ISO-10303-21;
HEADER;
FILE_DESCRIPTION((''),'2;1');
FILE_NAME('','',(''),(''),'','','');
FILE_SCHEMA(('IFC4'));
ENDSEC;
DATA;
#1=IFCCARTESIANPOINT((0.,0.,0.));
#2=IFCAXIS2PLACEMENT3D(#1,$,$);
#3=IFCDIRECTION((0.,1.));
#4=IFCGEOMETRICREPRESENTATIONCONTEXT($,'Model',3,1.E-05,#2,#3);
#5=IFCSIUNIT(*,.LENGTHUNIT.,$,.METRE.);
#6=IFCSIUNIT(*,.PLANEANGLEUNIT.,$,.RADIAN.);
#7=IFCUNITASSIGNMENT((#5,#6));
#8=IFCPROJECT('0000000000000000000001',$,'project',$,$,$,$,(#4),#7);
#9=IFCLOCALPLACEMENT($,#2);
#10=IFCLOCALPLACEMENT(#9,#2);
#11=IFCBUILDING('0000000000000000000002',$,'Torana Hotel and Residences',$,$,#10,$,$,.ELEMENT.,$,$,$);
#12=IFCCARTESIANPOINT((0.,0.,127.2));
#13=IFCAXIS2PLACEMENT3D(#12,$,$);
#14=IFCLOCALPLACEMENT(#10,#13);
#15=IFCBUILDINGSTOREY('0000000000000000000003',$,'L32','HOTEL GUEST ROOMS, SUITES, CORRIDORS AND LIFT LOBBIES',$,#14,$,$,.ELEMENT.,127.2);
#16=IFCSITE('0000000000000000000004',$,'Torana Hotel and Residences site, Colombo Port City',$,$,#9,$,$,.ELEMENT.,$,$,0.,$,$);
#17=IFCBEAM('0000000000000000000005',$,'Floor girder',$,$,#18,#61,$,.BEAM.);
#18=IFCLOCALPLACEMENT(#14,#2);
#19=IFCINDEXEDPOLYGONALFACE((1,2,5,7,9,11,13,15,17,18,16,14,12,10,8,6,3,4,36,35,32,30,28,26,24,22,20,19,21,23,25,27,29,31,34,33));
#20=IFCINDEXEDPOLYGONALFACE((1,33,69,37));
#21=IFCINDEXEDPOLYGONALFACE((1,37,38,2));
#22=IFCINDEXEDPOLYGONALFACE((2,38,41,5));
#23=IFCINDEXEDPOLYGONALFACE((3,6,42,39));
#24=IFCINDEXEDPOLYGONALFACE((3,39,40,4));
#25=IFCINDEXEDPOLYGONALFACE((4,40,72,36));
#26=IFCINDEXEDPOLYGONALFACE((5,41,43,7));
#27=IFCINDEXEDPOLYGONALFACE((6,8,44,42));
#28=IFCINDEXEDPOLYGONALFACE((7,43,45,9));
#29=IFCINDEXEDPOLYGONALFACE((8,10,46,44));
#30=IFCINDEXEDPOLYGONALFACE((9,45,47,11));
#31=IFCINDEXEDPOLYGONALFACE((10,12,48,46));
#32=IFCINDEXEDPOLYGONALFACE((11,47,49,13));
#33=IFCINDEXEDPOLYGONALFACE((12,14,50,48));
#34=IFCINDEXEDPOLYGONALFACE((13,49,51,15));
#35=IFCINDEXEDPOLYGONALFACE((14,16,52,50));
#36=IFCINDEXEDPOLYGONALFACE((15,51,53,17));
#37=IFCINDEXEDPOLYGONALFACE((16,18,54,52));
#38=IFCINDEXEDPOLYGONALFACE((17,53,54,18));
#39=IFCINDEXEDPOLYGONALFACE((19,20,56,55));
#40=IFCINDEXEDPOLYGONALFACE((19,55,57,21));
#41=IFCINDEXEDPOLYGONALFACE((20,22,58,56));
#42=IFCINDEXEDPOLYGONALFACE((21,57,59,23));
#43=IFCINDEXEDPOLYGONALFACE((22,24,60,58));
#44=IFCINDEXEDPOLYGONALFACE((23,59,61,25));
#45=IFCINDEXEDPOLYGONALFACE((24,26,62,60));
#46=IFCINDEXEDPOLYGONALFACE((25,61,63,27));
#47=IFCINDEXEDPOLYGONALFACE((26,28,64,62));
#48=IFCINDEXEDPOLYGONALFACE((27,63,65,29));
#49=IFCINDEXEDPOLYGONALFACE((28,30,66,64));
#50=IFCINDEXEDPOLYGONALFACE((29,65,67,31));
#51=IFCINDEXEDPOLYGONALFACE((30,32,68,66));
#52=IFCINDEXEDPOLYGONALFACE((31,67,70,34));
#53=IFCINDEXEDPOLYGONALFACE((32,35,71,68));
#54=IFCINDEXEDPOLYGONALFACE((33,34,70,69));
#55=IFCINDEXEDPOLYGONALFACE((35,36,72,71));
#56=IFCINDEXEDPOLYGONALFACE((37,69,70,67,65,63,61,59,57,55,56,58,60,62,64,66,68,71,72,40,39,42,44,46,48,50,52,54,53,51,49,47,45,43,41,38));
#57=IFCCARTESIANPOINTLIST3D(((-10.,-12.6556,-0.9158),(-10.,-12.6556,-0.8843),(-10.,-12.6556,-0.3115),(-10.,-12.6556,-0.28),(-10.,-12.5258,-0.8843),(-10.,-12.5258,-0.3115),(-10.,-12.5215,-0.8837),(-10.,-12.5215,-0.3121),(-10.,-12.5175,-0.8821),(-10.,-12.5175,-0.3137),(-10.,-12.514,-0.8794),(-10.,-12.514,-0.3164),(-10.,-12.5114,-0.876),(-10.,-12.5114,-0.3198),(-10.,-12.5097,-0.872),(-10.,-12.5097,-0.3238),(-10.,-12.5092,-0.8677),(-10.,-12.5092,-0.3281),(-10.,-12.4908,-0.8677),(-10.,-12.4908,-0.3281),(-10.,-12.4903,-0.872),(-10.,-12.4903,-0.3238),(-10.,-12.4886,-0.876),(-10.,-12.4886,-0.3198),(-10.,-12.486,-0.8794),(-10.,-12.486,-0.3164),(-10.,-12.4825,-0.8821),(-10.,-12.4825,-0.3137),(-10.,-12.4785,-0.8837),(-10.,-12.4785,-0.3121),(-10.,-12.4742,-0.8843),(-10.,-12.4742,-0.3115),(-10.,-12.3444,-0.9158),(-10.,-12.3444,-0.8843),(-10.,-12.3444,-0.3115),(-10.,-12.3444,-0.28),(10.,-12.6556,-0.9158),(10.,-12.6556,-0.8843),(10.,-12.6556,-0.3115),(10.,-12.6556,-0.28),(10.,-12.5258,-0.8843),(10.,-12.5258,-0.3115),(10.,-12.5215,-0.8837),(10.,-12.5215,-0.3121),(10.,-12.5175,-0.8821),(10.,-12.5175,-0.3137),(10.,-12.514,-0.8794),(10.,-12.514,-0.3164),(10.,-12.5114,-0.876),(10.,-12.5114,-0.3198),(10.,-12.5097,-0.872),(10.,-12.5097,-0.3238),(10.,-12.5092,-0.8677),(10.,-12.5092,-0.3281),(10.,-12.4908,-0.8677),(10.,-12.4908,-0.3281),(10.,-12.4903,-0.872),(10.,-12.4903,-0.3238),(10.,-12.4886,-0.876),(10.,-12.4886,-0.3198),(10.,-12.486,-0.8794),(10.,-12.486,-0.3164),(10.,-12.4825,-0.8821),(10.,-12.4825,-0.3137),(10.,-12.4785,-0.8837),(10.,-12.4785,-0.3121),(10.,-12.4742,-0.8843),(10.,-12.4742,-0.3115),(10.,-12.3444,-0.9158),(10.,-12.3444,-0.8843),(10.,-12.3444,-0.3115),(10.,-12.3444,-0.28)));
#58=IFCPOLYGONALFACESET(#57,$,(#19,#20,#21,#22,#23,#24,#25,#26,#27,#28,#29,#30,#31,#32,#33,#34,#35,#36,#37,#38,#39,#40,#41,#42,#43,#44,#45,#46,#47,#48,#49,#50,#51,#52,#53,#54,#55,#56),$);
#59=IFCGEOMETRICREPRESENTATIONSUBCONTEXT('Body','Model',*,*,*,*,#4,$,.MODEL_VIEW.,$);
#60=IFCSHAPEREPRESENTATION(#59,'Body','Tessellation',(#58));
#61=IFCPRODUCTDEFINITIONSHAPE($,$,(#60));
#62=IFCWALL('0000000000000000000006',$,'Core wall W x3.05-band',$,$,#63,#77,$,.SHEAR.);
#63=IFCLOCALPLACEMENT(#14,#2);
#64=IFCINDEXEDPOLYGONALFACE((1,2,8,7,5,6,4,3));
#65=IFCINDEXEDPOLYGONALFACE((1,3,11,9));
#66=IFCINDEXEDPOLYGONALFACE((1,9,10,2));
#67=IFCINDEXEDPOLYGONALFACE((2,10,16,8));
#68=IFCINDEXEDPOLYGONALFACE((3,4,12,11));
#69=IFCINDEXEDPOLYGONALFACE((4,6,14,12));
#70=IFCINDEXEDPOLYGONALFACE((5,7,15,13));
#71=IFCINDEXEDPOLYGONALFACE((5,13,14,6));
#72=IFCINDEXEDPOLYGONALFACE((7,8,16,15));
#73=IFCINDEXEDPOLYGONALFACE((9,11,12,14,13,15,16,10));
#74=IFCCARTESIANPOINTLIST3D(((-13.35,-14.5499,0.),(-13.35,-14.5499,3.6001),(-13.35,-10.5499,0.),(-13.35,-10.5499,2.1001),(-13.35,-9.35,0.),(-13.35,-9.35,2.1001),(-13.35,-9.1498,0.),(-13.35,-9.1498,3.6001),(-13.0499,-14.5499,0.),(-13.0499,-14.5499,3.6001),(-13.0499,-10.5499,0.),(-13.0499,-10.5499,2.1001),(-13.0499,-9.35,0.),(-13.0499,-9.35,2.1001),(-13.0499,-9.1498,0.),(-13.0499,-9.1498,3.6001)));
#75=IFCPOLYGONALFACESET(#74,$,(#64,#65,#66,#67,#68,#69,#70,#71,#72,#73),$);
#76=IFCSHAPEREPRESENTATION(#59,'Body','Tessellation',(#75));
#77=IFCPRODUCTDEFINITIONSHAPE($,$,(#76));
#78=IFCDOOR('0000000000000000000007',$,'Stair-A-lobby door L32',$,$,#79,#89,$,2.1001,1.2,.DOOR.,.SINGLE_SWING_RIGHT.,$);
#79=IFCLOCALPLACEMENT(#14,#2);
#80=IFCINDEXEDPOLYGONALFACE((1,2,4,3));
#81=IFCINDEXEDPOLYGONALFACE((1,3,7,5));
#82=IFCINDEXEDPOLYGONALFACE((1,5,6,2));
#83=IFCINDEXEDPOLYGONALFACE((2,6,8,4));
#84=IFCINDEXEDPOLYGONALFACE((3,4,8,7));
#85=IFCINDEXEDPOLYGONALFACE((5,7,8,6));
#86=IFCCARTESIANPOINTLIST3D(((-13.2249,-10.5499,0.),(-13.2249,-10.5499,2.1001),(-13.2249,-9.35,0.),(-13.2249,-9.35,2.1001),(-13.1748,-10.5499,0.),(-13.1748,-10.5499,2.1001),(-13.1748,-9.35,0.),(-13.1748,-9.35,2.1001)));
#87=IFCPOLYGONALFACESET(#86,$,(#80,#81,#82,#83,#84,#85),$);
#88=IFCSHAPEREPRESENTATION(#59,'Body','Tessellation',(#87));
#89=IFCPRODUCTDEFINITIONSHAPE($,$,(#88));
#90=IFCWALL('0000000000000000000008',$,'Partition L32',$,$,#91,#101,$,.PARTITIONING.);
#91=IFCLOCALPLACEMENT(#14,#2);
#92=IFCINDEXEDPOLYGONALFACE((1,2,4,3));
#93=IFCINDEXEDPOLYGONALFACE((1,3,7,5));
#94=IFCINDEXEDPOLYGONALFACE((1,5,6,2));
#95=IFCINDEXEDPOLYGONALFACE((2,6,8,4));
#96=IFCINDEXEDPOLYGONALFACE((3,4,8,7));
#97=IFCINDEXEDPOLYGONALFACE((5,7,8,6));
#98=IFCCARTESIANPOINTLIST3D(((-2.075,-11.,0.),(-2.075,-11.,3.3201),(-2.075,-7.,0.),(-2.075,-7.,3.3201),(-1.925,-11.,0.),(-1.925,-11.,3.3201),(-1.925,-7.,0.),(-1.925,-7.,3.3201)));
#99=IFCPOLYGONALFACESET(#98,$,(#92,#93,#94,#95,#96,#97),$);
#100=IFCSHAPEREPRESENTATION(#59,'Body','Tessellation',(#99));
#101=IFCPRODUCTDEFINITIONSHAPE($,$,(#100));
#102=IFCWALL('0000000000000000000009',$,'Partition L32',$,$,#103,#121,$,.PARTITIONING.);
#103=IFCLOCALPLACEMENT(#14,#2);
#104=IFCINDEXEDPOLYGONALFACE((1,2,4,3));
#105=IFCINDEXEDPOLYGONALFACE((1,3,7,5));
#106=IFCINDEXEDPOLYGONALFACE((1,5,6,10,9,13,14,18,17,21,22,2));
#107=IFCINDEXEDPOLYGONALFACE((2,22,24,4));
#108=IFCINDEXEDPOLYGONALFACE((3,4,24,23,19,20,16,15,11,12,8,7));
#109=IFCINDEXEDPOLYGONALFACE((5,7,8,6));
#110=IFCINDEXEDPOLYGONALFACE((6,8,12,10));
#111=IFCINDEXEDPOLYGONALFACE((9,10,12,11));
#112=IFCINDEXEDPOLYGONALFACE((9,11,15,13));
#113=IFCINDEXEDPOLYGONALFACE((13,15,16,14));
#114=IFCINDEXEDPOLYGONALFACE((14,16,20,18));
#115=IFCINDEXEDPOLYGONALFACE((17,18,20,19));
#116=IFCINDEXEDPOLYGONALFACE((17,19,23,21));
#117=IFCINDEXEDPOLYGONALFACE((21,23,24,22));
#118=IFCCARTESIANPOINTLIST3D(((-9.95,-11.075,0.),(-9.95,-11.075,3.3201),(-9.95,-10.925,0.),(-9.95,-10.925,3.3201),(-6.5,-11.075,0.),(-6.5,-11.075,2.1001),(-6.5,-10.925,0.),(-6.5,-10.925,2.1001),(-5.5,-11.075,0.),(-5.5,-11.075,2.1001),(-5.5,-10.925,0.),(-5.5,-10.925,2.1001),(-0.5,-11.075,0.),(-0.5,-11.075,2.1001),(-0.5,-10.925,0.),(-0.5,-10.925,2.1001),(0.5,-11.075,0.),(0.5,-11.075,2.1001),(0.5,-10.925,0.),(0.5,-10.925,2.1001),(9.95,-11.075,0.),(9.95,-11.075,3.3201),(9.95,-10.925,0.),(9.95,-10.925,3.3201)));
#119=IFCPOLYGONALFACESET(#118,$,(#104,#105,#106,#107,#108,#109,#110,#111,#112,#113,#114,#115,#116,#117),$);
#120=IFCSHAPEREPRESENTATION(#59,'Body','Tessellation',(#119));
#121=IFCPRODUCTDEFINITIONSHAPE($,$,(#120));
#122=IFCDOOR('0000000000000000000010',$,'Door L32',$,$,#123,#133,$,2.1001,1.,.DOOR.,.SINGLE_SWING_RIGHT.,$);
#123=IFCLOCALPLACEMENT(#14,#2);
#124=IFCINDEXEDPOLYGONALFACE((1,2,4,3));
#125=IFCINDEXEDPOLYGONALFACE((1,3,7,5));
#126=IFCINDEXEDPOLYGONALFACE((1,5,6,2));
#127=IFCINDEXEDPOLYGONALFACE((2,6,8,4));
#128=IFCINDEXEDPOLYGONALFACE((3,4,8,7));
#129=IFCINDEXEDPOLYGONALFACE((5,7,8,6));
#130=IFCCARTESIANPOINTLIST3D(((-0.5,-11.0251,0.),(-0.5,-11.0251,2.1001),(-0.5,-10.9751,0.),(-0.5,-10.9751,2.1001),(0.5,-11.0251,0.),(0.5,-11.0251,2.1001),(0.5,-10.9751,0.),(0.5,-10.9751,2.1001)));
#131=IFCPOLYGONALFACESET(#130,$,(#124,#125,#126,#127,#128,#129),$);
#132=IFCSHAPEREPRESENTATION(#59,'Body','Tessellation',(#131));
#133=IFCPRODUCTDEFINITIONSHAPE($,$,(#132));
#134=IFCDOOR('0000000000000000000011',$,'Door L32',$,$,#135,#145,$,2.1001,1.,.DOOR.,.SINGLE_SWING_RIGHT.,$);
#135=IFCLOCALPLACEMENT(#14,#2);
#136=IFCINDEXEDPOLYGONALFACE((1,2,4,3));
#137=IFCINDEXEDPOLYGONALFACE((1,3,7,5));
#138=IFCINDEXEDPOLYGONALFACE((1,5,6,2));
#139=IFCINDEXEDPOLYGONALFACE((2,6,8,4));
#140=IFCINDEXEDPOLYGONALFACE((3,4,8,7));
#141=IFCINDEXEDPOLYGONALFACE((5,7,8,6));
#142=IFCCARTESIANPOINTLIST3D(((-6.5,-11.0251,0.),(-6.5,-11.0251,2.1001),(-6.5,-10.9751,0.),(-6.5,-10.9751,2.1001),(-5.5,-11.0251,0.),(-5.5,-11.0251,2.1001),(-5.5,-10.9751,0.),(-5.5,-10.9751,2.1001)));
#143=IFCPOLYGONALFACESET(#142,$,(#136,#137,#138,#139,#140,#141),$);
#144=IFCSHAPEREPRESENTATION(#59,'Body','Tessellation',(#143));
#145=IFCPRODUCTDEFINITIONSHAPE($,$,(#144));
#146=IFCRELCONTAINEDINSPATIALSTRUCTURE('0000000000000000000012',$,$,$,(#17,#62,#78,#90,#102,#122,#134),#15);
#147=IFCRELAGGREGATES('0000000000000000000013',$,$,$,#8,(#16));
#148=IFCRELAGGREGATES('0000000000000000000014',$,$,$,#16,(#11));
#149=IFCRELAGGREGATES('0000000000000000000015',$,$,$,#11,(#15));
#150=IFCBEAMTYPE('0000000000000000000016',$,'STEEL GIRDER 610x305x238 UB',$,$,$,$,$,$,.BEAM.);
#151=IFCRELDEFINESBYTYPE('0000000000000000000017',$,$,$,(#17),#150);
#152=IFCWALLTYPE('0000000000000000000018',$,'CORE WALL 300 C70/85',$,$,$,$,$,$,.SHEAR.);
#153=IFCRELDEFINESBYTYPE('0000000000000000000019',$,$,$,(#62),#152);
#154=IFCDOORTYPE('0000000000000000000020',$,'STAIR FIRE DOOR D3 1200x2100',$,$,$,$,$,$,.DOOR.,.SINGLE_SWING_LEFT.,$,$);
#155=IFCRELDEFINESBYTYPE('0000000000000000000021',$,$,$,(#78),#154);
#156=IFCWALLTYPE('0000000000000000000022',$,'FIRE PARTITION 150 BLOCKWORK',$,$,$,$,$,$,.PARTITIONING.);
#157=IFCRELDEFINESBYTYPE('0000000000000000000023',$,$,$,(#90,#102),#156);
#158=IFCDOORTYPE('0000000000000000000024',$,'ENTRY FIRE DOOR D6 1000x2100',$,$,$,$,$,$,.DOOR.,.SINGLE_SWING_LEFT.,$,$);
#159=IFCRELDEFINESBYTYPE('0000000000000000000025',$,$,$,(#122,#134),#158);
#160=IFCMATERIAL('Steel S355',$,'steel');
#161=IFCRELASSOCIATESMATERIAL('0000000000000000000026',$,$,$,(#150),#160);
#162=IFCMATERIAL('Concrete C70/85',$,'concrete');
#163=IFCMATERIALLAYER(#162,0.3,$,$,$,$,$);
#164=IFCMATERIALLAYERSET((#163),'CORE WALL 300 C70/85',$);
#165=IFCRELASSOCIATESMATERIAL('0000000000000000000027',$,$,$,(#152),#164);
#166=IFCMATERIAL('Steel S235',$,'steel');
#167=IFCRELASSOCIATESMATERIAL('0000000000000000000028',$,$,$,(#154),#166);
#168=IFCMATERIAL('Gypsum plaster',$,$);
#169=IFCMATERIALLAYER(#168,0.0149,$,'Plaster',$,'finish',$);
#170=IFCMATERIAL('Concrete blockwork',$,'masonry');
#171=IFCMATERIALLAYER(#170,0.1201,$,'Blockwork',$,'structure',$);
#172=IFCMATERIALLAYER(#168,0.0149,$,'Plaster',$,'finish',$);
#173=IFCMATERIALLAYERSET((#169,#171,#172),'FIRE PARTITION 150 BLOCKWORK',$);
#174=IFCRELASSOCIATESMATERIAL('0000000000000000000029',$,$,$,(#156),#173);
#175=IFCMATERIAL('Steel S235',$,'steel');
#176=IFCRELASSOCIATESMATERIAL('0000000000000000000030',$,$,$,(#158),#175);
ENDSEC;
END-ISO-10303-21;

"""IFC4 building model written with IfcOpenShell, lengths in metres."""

from ifc_helpers import new_model, si_unit, direction, frame, frame_2d, origin, origin_2d, place, context, subcontext, project, spatial, rectangle, i_section, extrude, material, layer, layer_set, material_profile, profile_set, type_object, element, fill, save


model = new_model("IFC4")

# Units and contexts
model_context = context("Model", 3, precision=1e-05, world=origin(), true_north=direction((0.0, 1.0)))
body_context = subcontext(model_context, "Body", "Model", "MODEL_VIEW")
ifc_project = project(units=[si_unit("LENGTHUNIT", "METRE"), si_unit("PLANEANGLEUNIT", "RADIAN")], contexts=[model_context])

# Site, building, storey
site_placement = place(None, origin())
site = spatial("IfcSite", under=ifc_project, at=site_placement, Name="Torana Hotel and Residences site, Colombo Port City", CompositionType="ELEMENT", RefElevation=0.0)
building_placement = place(site_placement, origin())
building = spatial("IfcBuilding", under=site, at=building_placement, Name="Torana Hotel and Residences", CompositionType="ELEMENT")
storey_placement = place(building_placement, frame((0.0, 0.0, 127.2)))
storey = spatial("IfcBuildingStorey", under=building, at=storey_placement, Name="L32", Description="HOTEL GUEST ROOMS, SUITES, CORRIDORS AND LIFT LOBBIES", CompositionType="ELEMENT", Elevation=127.2)

# Beam
ifc_material_1 = material(Name="Steel S355", Category="steel")
ifc_material_profile = material_profile(ifc_material_1, i_section(OverallWidth=0.3113, OverallDepth=0.6357, WebThickness=0.0183, FlangeThickness=0.0315, FilletRadius=0.0166, at=origin_2d()), Name="610x305x238 UB")
ifc_profile_set = profile_set([ifc_material_profile], Name="Steel S355")
beam_type = type_object("IfcBeamType", Name="STEEL GIRDER 610x305x238 UB", PredefinedType="BEAM", material=ifc_profile_set)
beam_placement = place(storey_placement, frame((-10.0, -12.5, -0.5979), z_axis=(1.0, 0.0, 0.0), x_axis=(0.0, 1.0, 0.0)))
element("IfcBeam", 1, at=beam_placement, inside=storey, type_object=beam_type, Name="Floor girder", PredefinedType="BEAM", context=body_context, shape_type="SweptSolid", body=[
    extrude(i_section(OverallWidth=0.3113, OverallDepth=0.6357, WebThickness=0.0183, FlangeThickness=0.0315, FilletRadius=0.0166, at=origin_2d()), origin(), (0.0, 0.0, 1.0), 20.0),
])

# Wall, opening, door
ifc_material_2 = material(Name="Concrete C70/85", Category="concrete")
ifc_layer_1 = layer(ifc_material_2, 0.3)
ifc_layer_set_1 = layer_set([ifc_layer_1], Name="CORE WALL 300 C70/85")
wall_type_1 = type_object("IfcWallType", Name="CORE WALL 300 C70/85", PredefinedType="SHEAR", material=ifc_layer_set_1)
wall_1_placement = place(storey_placement, frame((-13.2, -14.55, 0.0), z_axis=(0.0, 0.0, 1.0), x_axis=(0.0, 1.0, 0.0)))
wall_1 = element("IfcWall", 2, at=wall_1_placement, inside=storey, type_object=wall_type_1, Name="Core wall W x3.05-band", PredefinedType="SHEAR", context=body_context, shape_type="SweptSolid", body=[
    extrude(rectangle(XDim=5.4001, YDim=0.3, at=frame_2d((2.7002, 0.0))), origin(), (0.0, 0.0, 1.0), 3.6001),
])
opening_1_placement = place(wall_1_placement, frame((4.0, 0.0, 0.0)))
opening_1 = element("IfcOpeningElement", 3, at=opening_1_placement, cuts=wall_1, PredefinedType="OPENING", context=body_context, shape_type="SweptSolid", body=[
    extrude(rectangle(XDim=1.2, YDim=2.1001, at=frame_2d((0.6001, 1.05))), frame((0.0, 0.1599, 0.0), z_axis=(0.0, -1.0, 0.0), x_axis=(1.0, 0.0, 0.0)), (0.0, 0.0, 1.0), 0.3201),
])
ifc_material_3 = material(Name="Steel S235", Category="steel")
door_type_1 = type_object("IfcDoorType", Name="STAIR FIRE DOOR D3 1200x2100", OperationType="SINGLE_SWING_LEFT", PredefinedType="DOOR", material=ifc_material_3)
door_1_placement = place(opening_1_placement, frame((0.6001, 0.0, 0.0), z_axis=(0.0, 0.0, 1.0), x_axis=(-1.0, 0.0, 0.0)))
door_1 = element("IfcDoor", 4, at=door_1_placement, inside=storey, type_object=door_type_1, Name="Stair-A-lobby door L32", OperationType="SINGLE_SWING_RIGHT", OverallHeight=2.1001, OverallWidth=1.2, PredefinedType="DOOR", context=body_context, shape_type="SweptSolid", body=[
    extrude(rectangle(XDim=1.2, YDim=2.1001, at=frame_2d((0.0, 1.05))), frame((0.0, -0.0249, 0.0), z_axis=(0.0, 1.0, 0.0), x_axis=(-1.0, 0.0, 0.0)), (0.0, 0.0, 1.0), 0.05),
])
fill(opening_1, door_1)

# Wall
ifc_material_4 = material(Name="Gypsum plaster")
ifc_layer_2 = layer(ifc_material_4, 0.0149, Name="Plaster", Category="finish")
ifc_material_5 = material(Name="Concrete blockwork", Category="masonry")
ifc_layer_3 = layer(ifc_material_5, 0.1201, Name="Blockwork", Category="structure")
ifc_layer_4 = layer(ifc_material_4, 0.0149, Name="Plaster", Category="finish")
ifc_layer_set_2 = layer_set([ifc_layer_2, ifc_layer_3, ifc_layer_4], Name="FIRE PARTITION 150 BLOCKWORK")
wall_type_2 = type_object("IfcWallType", Name="FIRE PARTITION 150 BLOCKWORK", PredefinedType="PARTITIONING", material=ifc_layer_set_2)
wall_2_placement = place(storey_placement, frame((-2.0, -11.0, 0.0), z_axis=(0.0, 0.0, 1.0), x_axis=(0.0, 1.0, 0.0)))
element("IfcWall", 5, at=wall_2_placement, inside=storey, type_object=wall_type_2, Name="Partition L32", PredefinedType="PARTITIONING", context=body_context, shape_type="SweptSolid", body=[
    extrude(rectangle(XDim=4.0, YDim=0.1499, at=frame_2d((2.0, 0.0))), origin(), (0.0, 0.0, 1.0), 3.3201),
])

# Wall, openings, doors
wall_3_placement = place(storey_placement, frame((-9.95, -11.0, 0.0), z_axis=(0.0, 0.0, 1.0), x_axis=(1.0, 0.0, 0.0)))
wall_3 = element("IfcWall", 6, at=wall_3_placement, inside=storey, type_object=wall_type_2, Name="Partition L32", PredefinedType="PARTITIONING", context=body_context, shape_type="SweptSolid", body=[
    extrude(rectangle(XDim=19.8999, YDim=0.1499, at=frame_2d((9.95, 0.0))), origin(), (0.0, 0.0, 1.0), 3.3201),
])
opening_2_placement = place(wall_3_placement, frame((9.45, 0.0, 0.0)))
opening_2 = element("IfcOpeningElement", 7, at=opening_2_placement, cuts=wall_3, PredefinedType="OPENING", context=body_context, shape_type="SweptSolid", body=[
    extrude(rectangle(XDim=1.0, YDim=2.1001, at=frame_2d((0.5, 1.05))), frame((0.0, 0.085, 0.0), z_axis=(0.0, -1.0, 0.0), x_axis=(1.0, 0.0, 0.0)), (0.0, 0.0, 1.0), 0.1699),
])
opening_3_placement = place(wall_3_placement, frame((3.45, 0.0, 0.0)))
opening_3 = element("IfcOpeningElement", 8, at=opening_3_placement, cuts=wall_3, PredefinedType="OPENING", context=body_context, shape_type="SweptSolid", body=[
    extrude(rectangle(XDim=1.0, YDim=2.1001, at=frame_2d((0.5, 1.05))), frame((0.0, 0.085, 0.0), z_axis=(0.0, -1.0, 0.0), x_axis=(1.0, 0.0, 0.0)), (0.0, 0.0, 1.0), 0.1699),
])
ifc_material_6 = material(Name="Steel S235", Category="steel")
door_type_2 = type_object("IfcDoorType", Name="ENTRY FIRE DOOR D6 1000x2100", OperationType="SINGLE_SWING_LEFT", PredefinedType="DOOR", material=ifc_material_6)
door_2_placement = place(opening_2_placement, origin())
door_2 = element("IfcDoor", 9, at=door_2_placement, inside=storey, type_object=door_type_2, Name="Door L32", OperationType="SINGLE_SWING_RIGHT", OverallHeight=2.1001, OverallWidth=1.0, PredefinedType="DOOR", context=body_context, shape_type="SweptSolid", body=[
    extrude(rectangle(XDim=1.0, YDim=2.1001, at=frame_2d((0.5, 1.05))), frame((0.0, 0.0249, 0.0), z_axis=(0.0, -1.0, 0.0), x_axis=(1.0, 0.0, 0.0)), (0.0, 0.0, 1.0), 0.05),
])
fill(opening_2, door_2)
door_3_placement = place(opening_3_placement, origin())
door_3 = element("IfcDoor", 10, at=door_3_placement, inside=storey, type_object=door_type_2, Name="Door L32", OperationType="SINGLE_SWING_RIGHT", OverallHeight=2.1001, OverallWidth=1.0, PredefinedType="DOOR", context=body_context, shape_type="SweptSolid", body=[
    extrude(rectangle(XDim=1.0, YDim=2.1001, at=frame_2d((0.5, 1.05))), frame((0.0, 0.0249, 0.0), z_axis=(0.0, -1.0, 0.0), x_axis=(1.0, 0.0, 0.0)), (0.0, 0.0, 1.0), 0.05),
])
fill(opening_3, door_3)

save(model, "model.ifc")
